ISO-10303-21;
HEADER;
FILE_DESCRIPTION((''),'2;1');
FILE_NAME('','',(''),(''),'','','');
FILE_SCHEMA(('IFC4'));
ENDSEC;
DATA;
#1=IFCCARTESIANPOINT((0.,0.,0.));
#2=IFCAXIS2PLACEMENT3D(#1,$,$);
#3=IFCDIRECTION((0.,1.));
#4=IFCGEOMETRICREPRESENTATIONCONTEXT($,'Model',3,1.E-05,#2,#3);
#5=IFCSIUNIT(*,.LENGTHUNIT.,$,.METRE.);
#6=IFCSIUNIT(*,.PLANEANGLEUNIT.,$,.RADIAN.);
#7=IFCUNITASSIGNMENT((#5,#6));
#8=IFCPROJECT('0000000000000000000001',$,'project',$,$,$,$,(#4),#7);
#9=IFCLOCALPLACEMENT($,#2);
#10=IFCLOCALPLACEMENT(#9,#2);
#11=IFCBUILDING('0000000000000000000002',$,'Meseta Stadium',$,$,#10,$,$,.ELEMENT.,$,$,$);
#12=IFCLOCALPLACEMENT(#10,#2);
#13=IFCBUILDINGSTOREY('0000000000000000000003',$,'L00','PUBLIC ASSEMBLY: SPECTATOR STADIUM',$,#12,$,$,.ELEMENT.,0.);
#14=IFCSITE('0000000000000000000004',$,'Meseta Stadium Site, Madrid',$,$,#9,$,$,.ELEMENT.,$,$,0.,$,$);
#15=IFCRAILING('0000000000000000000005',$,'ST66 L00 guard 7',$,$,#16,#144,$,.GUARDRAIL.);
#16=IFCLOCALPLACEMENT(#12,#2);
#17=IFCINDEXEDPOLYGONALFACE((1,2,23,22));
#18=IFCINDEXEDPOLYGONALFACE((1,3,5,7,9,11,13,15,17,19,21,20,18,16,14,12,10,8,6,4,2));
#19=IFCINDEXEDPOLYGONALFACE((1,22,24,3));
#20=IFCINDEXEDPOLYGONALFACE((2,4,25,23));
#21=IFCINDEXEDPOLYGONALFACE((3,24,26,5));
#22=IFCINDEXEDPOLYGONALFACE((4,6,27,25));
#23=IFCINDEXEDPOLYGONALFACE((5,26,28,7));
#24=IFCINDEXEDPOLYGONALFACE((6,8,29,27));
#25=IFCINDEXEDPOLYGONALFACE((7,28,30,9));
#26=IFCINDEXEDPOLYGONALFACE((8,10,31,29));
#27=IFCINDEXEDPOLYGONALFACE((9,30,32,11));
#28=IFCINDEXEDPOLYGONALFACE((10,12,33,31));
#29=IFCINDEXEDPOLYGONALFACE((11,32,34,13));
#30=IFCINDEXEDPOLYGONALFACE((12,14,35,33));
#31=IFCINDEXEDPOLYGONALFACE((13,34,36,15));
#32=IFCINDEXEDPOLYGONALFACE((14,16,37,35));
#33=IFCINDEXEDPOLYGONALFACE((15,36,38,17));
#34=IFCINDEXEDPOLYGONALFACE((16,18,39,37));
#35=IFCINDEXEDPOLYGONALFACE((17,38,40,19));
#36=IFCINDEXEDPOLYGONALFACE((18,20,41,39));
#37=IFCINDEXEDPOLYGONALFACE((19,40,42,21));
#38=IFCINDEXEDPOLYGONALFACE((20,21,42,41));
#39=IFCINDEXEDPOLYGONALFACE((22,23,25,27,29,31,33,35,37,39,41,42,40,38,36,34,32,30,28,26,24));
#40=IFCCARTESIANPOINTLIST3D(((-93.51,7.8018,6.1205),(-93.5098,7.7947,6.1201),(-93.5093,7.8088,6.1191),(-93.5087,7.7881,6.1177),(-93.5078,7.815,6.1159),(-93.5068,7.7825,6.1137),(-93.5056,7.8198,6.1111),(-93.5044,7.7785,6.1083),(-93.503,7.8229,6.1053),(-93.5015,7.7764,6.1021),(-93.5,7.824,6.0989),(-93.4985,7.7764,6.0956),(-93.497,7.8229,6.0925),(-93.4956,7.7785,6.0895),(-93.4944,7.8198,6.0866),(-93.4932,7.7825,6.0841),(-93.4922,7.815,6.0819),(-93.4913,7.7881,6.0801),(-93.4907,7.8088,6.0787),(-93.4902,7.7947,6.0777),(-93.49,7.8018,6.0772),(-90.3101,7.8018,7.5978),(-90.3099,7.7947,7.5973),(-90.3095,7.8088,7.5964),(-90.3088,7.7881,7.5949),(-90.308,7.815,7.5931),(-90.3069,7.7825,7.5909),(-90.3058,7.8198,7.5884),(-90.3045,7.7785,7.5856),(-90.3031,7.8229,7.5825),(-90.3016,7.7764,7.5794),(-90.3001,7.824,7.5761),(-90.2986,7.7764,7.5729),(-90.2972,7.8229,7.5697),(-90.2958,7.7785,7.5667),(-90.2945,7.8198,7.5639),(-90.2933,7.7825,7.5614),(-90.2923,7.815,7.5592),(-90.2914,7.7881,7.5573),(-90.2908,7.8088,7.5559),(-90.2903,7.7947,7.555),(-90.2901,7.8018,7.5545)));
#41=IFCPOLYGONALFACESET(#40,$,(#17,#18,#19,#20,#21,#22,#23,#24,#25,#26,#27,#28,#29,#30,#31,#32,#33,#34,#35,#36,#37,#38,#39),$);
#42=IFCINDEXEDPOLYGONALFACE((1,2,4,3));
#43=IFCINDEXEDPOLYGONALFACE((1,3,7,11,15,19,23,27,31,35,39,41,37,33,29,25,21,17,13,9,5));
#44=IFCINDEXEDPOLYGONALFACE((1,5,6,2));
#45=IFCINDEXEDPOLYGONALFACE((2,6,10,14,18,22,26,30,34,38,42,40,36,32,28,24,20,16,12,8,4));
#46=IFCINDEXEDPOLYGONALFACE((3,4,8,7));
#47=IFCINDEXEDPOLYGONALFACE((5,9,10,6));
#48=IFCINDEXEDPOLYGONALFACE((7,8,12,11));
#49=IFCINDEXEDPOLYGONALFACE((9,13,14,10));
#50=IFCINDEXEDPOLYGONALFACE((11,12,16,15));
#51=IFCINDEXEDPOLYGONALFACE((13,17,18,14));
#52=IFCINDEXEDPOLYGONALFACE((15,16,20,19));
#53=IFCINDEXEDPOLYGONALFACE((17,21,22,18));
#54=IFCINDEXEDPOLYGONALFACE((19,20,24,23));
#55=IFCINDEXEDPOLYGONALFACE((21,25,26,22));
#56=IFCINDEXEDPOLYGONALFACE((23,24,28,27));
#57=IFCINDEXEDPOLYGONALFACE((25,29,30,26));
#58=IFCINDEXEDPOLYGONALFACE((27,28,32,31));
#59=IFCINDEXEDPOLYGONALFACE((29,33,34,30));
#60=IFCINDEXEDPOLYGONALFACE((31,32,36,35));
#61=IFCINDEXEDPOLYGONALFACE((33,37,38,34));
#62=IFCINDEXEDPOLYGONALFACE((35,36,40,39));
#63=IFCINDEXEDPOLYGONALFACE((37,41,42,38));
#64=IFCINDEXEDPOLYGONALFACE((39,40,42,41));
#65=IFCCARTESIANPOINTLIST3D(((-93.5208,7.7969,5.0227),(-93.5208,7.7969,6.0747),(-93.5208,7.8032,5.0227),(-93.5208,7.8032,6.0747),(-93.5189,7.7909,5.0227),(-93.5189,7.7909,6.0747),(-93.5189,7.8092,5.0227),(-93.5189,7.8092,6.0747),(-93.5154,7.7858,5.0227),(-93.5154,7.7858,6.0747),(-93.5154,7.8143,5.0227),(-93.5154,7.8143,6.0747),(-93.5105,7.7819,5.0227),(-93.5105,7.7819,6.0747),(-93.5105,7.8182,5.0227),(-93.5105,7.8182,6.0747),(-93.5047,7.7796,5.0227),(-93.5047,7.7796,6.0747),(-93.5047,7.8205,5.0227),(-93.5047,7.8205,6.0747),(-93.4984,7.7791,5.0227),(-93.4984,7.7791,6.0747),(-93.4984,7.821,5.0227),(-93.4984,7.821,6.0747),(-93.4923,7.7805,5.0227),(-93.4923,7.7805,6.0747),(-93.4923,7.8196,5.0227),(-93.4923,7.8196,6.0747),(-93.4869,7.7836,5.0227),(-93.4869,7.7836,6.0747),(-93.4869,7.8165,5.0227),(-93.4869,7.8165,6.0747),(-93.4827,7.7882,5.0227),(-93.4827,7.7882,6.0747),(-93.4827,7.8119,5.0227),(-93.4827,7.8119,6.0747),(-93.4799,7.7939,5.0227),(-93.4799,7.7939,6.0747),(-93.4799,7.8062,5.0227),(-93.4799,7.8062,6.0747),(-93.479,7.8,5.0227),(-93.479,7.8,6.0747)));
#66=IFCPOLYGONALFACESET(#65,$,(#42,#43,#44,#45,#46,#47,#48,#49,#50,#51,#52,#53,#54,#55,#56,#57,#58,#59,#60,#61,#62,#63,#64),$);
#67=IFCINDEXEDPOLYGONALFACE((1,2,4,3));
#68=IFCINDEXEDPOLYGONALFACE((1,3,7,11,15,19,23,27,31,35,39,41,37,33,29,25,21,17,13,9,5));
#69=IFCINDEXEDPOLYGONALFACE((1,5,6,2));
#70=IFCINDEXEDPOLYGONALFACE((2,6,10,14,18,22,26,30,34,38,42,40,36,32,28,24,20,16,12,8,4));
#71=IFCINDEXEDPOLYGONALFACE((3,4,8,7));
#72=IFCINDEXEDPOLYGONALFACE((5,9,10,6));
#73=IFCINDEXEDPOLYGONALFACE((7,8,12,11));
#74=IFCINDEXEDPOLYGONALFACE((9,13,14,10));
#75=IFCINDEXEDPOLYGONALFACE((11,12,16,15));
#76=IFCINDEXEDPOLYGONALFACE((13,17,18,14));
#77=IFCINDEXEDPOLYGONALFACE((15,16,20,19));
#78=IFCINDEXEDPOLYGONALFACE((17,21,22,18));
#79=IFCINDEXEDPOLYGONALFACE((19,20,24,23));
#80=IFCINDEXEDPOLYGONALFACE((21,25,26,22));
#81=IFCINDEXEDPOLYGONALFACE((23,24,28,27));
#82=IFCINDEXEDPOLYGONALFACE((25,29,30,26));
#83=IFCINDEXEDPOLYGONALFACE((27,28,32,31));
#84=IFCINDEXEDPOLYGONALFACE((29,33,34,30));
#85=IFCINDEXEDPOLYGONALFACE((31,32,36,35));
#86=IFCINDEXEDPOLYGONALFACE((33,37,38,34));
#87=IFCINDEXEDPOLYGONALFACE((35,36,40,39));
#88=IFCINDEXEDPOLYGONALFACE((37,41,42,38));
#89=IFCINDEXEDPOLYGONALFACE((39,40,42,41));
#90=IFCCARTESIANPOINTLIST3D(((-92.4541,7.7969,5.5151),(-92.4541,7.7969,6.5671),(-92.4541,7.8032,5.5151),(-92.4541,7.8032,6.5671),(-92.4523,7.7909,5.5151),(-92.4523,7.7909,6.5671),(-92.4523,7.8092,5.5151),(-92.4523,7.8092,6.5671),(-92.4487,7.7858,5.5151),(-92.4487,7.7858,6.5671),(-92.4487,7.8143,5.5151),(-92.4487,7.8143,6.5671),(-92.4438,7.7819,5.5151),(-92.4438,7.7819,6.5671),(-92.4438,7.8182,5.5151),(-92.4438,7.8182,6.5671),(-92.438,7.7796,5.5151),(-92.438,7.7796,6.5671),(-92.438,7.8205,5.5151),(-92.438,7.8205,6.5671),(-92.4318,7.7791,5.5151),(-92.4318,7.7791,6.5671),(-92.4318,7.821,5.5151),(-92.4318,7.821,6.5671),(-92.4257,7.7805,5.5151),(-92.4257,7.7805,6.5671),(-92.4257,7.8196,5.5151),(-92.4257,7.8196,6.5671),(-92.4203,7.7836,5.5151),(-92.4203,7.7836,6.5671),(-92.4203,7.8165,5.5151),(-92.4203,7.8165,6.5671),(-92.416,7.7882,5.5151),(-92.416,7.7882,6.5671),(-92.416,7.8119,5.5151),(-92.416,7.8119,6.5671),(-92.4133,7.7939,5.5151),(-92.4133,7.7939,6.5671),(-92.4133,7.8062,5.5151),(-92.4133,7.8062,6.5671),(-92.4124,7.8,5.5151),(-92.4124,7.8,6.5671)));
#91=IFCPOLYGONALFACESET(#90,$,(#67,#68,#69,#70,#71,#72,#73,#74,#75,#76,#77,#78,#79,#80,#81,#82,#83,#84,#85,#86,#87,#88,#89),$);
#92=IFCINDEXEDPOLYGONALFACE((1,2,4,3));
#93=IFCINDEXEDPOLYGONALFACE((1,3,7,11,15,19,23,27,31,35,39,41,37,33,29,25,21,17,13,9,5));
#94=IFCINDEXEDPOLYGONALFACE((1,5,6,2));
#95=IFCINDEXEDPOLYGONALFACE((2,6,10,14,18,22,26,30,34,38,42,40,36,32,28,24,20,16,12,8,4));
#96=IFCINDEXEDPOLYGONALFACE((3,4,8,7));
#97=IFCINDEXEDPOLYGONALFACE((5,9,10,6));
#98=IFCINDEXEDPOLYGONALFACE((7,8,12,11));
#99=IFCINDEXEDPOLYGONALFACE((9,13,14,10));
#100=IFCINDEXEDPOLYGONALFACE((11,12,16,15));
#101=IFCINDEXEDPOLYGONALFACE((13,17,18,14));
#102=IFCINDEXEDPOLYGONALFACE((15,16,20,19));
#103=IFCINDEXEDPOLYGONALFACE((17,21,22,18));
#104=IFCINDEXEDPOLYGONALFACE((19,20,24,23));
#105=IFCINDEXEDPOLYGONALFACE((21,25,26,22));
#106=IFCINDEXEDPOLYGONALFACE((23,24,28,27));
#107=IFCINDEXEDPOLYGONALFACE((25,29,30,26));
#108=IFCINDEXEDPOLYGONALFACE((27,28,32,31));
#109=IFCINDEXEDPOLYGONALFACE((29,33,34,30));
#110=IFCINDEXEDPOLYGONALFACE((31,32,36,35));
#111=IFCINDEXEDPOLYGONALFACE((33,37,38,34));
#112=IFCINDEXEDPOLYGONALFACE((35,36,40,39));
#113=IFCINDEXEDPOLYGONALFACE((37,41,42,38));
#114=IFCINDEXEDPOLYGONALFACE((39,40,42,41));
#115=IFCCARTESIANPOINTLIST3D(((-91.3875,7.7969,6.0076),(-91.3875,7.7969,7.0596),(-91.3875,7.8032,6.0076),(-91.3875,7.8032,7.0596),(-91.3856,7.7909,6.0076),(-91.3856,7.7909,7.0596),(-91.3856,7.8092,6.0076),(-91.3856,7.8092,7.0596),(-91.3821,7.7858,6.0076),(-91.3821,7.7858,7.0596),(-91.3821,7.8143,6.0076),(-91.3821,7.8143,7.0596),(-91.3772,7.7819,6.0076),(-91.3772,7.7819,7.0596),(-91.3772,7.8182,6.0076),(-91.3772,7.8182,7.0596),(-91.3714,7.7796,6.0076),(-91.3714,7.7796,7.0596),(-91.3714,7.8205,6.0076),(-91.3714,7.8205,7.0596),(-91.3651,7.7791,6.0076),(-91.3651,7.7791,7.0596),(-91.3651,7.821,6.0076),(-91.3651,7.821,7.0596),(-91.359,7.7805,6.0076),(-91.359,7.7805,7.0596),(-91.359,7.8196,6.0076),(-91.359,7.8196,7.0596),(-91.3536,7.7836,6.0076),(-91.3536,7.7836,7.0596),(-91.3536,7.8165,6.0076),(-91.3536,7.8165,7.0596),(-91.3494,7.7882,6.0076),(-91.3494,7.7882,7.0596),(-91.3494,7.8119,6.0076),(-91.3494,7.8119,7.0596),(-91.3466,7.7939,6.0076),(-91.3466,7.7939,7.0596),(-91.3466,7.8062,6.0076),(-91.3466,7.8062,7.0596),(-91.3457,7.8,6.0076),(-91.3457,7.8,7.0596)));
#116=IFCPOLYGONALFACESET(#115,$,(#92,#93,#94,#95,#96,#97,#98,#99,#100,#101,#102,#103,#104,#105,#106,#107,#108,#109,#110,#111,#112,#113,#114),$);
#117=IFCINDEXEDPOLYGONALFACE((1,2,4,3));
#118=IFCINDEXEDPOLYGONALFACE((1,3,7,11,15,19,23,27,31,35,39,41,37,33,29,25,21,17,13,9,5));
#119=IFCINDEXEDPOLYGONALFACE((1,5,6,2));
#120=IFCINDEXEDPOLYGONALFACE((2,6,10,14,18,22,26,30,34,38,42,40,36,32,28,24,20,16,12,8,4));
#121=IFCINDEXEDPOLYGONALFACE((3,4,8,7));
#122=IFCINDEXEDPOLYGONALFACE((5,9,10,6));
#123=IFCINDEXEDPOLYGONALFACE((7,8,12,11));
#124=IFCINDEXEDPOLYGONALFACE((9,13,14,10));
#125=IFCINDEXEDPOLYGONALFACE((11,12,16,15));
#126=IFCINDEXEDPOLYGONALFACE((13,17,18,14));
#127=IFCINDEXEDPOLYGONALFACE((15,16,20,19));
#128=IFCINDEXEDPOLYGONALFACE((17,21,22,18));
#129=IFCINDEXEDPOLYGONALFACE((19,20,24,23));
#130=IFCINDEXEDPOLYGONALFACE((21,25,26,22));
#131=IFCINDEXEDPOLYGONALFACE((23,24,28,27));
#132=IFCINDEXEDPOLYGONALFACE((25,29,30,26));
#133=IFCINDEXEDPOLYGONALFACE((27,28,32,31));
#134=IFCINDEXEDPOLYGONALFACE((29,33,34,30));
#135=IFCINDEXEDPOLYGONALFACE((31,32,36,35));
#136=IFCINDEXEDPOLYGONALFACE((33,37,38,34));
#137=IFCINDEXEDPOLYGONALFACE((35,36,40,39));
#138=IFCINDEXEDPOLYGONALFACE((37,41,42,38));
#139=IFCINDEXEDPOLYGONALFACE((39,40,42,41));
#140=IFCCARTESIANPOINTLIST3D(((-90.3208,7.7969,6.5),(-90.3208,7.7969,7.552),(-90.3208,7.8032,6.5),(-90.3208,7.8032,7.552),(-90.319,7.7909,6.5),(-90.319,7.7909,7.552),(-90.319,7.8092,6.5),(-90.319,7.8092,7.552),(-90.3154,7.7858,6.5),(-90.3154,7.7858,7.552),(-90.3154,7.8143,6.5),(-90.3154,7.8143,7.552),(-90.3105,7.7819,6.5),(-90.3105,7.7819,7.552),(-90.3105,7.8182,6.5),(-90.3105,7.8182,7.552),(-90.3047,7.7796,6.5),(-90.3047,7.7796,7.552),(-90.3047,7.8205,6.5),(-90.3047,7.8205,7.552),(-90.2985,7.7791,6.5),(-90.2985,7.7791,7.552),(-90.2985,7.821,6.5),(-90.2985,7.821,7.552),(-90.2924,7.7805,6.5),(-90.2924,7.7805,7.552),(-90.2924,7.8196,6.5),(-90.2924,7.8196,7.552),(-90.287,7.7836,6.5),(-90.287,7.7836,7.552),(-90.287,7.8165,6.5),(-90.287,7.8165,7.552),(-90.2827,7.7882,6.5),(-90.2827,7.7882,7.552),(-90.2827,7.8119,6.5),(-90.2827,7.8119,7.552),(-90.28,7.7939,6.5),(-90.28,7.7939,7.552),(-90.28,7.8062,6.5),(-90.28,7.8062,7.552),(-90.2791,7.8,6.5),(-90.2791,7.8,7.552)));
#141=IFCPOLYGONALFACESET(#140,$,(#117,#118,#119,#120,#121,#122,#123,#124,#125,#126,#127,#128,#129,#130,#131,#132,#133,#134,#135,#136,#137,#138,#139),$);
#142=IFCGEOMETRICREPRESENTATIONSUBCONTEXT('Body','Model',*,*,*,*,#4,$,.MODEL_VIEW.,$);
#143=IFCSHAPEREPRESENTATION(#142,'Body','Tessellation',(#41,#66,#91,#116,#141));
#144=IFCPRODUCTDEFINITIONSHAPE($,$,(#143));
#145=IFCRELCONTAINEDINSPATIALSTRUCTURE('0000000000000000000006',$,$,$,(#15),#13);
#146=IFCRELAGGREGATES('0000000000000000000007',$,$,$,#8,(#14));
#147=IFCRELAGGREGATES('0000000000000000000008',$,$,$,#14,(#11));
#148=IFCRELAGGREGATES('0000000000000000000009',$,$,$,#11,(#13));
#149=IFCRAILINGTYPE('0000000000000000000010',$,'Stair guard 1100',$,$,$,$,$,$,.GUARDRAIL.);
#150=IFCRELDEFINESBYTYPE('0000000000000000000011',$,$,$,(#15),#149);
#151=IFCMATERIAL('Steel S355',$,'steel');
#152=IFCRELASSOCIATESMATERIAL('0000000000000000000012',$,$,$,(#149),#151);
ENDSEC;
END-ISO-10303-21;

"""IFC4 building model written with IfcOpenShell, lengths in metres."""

from ifc_helpers import new_model, si_unit, direction, frame, origin, origin_2d, place, context, subcontext, project, spatial, circle, extrude, material, type_object, element, save


model = new_model("IFC4")

# Units and contexts
model_context = context("Model", 3, precision=1e-05, world=origin(), true_north=direction((0.0, 1.0)))
body_context = subcontext(model_context, "Body", "Model", "MODEL_VIEW")
ifc_project = project(units=[si_unit("LENGTHUNIT", "METRE"), si_unit("PLANEANGLEUNIT", "RADIAN")], contexts=[model_context])

# Site, building, storey
site_placement = place(None, origin())
site = spatial("IfcSite", under=ifc_project, at=site_placement, Name="Meseta Stadium Site, Madrid", CompositionType="ELEMENT", RefElevation=0.0)
building_placement = place(site_placement, origin())
building = spatial("IfcBuilding", under=site, at=building_placement, Name="Meseta Stadium", CompositionType="ELEMENT")
storey_placement = place(building_placement, origin())
storey = spatial("IfcBuildingStorey", under=building, at=storey_placement, Name="L00", Description="PUBLIC ASSEMBLY: SPECTATOR STADIUM", CompositionType="ELEMENT", Elevation=0.0)

# Railing
ifc_material_1 = material(Name="Steel S355", Category="steel")
railing_type_1 = type_object("IfcRailingType", Name="Stair guard 1100", PredefinedType="GUARDRAIL", material=ifc_material_1)
for number, where, name in (
    (1, (-93.5, 7.8, 5.0227), "ST66 L00 guard 7"),
):
    element("IfcRailing", number, at=place(storey_placement, frame(where)), inside=storey, type_object=railing_type_1, Name=name, PredefinedType="GUARDRAIL", context=body_context, shape_type="SweptSolid", body=[
        extrude(circle(Radius=0.0239, at=origin_2d()), frame((0.0, 0.0, 1.0762), z_axis=(0.907917, 0.0, 0.41915), x_axis=(0.0, 1.0, 0.0)), (0.0, 0.0, 1.0), 3.5244),
        extrude(circle(Radius=0.021, at=origin_2d()), origin(), (0.0, 0.0, 1.0), 1.052),
        extrude(circle(Radius=0.021, at=origin_2d()), frame((1.0667, 0.0, 0.4924)), (0.0, 0.0, 1.0), 1.052),
        extrude(circle(Radius=0.021, at=origin_2d()), frame((2.1333, 0.0, 0.9849)), (0.0, 0.0, 1.0), 1.052),
        extrude(circle(Radius=0.021, at=origin_2d()), frame((3.2, 0.0, 1.4773)), (0.0, 0.0, 1.0), 1.052),
    ])

save(model, "model.ifc")
